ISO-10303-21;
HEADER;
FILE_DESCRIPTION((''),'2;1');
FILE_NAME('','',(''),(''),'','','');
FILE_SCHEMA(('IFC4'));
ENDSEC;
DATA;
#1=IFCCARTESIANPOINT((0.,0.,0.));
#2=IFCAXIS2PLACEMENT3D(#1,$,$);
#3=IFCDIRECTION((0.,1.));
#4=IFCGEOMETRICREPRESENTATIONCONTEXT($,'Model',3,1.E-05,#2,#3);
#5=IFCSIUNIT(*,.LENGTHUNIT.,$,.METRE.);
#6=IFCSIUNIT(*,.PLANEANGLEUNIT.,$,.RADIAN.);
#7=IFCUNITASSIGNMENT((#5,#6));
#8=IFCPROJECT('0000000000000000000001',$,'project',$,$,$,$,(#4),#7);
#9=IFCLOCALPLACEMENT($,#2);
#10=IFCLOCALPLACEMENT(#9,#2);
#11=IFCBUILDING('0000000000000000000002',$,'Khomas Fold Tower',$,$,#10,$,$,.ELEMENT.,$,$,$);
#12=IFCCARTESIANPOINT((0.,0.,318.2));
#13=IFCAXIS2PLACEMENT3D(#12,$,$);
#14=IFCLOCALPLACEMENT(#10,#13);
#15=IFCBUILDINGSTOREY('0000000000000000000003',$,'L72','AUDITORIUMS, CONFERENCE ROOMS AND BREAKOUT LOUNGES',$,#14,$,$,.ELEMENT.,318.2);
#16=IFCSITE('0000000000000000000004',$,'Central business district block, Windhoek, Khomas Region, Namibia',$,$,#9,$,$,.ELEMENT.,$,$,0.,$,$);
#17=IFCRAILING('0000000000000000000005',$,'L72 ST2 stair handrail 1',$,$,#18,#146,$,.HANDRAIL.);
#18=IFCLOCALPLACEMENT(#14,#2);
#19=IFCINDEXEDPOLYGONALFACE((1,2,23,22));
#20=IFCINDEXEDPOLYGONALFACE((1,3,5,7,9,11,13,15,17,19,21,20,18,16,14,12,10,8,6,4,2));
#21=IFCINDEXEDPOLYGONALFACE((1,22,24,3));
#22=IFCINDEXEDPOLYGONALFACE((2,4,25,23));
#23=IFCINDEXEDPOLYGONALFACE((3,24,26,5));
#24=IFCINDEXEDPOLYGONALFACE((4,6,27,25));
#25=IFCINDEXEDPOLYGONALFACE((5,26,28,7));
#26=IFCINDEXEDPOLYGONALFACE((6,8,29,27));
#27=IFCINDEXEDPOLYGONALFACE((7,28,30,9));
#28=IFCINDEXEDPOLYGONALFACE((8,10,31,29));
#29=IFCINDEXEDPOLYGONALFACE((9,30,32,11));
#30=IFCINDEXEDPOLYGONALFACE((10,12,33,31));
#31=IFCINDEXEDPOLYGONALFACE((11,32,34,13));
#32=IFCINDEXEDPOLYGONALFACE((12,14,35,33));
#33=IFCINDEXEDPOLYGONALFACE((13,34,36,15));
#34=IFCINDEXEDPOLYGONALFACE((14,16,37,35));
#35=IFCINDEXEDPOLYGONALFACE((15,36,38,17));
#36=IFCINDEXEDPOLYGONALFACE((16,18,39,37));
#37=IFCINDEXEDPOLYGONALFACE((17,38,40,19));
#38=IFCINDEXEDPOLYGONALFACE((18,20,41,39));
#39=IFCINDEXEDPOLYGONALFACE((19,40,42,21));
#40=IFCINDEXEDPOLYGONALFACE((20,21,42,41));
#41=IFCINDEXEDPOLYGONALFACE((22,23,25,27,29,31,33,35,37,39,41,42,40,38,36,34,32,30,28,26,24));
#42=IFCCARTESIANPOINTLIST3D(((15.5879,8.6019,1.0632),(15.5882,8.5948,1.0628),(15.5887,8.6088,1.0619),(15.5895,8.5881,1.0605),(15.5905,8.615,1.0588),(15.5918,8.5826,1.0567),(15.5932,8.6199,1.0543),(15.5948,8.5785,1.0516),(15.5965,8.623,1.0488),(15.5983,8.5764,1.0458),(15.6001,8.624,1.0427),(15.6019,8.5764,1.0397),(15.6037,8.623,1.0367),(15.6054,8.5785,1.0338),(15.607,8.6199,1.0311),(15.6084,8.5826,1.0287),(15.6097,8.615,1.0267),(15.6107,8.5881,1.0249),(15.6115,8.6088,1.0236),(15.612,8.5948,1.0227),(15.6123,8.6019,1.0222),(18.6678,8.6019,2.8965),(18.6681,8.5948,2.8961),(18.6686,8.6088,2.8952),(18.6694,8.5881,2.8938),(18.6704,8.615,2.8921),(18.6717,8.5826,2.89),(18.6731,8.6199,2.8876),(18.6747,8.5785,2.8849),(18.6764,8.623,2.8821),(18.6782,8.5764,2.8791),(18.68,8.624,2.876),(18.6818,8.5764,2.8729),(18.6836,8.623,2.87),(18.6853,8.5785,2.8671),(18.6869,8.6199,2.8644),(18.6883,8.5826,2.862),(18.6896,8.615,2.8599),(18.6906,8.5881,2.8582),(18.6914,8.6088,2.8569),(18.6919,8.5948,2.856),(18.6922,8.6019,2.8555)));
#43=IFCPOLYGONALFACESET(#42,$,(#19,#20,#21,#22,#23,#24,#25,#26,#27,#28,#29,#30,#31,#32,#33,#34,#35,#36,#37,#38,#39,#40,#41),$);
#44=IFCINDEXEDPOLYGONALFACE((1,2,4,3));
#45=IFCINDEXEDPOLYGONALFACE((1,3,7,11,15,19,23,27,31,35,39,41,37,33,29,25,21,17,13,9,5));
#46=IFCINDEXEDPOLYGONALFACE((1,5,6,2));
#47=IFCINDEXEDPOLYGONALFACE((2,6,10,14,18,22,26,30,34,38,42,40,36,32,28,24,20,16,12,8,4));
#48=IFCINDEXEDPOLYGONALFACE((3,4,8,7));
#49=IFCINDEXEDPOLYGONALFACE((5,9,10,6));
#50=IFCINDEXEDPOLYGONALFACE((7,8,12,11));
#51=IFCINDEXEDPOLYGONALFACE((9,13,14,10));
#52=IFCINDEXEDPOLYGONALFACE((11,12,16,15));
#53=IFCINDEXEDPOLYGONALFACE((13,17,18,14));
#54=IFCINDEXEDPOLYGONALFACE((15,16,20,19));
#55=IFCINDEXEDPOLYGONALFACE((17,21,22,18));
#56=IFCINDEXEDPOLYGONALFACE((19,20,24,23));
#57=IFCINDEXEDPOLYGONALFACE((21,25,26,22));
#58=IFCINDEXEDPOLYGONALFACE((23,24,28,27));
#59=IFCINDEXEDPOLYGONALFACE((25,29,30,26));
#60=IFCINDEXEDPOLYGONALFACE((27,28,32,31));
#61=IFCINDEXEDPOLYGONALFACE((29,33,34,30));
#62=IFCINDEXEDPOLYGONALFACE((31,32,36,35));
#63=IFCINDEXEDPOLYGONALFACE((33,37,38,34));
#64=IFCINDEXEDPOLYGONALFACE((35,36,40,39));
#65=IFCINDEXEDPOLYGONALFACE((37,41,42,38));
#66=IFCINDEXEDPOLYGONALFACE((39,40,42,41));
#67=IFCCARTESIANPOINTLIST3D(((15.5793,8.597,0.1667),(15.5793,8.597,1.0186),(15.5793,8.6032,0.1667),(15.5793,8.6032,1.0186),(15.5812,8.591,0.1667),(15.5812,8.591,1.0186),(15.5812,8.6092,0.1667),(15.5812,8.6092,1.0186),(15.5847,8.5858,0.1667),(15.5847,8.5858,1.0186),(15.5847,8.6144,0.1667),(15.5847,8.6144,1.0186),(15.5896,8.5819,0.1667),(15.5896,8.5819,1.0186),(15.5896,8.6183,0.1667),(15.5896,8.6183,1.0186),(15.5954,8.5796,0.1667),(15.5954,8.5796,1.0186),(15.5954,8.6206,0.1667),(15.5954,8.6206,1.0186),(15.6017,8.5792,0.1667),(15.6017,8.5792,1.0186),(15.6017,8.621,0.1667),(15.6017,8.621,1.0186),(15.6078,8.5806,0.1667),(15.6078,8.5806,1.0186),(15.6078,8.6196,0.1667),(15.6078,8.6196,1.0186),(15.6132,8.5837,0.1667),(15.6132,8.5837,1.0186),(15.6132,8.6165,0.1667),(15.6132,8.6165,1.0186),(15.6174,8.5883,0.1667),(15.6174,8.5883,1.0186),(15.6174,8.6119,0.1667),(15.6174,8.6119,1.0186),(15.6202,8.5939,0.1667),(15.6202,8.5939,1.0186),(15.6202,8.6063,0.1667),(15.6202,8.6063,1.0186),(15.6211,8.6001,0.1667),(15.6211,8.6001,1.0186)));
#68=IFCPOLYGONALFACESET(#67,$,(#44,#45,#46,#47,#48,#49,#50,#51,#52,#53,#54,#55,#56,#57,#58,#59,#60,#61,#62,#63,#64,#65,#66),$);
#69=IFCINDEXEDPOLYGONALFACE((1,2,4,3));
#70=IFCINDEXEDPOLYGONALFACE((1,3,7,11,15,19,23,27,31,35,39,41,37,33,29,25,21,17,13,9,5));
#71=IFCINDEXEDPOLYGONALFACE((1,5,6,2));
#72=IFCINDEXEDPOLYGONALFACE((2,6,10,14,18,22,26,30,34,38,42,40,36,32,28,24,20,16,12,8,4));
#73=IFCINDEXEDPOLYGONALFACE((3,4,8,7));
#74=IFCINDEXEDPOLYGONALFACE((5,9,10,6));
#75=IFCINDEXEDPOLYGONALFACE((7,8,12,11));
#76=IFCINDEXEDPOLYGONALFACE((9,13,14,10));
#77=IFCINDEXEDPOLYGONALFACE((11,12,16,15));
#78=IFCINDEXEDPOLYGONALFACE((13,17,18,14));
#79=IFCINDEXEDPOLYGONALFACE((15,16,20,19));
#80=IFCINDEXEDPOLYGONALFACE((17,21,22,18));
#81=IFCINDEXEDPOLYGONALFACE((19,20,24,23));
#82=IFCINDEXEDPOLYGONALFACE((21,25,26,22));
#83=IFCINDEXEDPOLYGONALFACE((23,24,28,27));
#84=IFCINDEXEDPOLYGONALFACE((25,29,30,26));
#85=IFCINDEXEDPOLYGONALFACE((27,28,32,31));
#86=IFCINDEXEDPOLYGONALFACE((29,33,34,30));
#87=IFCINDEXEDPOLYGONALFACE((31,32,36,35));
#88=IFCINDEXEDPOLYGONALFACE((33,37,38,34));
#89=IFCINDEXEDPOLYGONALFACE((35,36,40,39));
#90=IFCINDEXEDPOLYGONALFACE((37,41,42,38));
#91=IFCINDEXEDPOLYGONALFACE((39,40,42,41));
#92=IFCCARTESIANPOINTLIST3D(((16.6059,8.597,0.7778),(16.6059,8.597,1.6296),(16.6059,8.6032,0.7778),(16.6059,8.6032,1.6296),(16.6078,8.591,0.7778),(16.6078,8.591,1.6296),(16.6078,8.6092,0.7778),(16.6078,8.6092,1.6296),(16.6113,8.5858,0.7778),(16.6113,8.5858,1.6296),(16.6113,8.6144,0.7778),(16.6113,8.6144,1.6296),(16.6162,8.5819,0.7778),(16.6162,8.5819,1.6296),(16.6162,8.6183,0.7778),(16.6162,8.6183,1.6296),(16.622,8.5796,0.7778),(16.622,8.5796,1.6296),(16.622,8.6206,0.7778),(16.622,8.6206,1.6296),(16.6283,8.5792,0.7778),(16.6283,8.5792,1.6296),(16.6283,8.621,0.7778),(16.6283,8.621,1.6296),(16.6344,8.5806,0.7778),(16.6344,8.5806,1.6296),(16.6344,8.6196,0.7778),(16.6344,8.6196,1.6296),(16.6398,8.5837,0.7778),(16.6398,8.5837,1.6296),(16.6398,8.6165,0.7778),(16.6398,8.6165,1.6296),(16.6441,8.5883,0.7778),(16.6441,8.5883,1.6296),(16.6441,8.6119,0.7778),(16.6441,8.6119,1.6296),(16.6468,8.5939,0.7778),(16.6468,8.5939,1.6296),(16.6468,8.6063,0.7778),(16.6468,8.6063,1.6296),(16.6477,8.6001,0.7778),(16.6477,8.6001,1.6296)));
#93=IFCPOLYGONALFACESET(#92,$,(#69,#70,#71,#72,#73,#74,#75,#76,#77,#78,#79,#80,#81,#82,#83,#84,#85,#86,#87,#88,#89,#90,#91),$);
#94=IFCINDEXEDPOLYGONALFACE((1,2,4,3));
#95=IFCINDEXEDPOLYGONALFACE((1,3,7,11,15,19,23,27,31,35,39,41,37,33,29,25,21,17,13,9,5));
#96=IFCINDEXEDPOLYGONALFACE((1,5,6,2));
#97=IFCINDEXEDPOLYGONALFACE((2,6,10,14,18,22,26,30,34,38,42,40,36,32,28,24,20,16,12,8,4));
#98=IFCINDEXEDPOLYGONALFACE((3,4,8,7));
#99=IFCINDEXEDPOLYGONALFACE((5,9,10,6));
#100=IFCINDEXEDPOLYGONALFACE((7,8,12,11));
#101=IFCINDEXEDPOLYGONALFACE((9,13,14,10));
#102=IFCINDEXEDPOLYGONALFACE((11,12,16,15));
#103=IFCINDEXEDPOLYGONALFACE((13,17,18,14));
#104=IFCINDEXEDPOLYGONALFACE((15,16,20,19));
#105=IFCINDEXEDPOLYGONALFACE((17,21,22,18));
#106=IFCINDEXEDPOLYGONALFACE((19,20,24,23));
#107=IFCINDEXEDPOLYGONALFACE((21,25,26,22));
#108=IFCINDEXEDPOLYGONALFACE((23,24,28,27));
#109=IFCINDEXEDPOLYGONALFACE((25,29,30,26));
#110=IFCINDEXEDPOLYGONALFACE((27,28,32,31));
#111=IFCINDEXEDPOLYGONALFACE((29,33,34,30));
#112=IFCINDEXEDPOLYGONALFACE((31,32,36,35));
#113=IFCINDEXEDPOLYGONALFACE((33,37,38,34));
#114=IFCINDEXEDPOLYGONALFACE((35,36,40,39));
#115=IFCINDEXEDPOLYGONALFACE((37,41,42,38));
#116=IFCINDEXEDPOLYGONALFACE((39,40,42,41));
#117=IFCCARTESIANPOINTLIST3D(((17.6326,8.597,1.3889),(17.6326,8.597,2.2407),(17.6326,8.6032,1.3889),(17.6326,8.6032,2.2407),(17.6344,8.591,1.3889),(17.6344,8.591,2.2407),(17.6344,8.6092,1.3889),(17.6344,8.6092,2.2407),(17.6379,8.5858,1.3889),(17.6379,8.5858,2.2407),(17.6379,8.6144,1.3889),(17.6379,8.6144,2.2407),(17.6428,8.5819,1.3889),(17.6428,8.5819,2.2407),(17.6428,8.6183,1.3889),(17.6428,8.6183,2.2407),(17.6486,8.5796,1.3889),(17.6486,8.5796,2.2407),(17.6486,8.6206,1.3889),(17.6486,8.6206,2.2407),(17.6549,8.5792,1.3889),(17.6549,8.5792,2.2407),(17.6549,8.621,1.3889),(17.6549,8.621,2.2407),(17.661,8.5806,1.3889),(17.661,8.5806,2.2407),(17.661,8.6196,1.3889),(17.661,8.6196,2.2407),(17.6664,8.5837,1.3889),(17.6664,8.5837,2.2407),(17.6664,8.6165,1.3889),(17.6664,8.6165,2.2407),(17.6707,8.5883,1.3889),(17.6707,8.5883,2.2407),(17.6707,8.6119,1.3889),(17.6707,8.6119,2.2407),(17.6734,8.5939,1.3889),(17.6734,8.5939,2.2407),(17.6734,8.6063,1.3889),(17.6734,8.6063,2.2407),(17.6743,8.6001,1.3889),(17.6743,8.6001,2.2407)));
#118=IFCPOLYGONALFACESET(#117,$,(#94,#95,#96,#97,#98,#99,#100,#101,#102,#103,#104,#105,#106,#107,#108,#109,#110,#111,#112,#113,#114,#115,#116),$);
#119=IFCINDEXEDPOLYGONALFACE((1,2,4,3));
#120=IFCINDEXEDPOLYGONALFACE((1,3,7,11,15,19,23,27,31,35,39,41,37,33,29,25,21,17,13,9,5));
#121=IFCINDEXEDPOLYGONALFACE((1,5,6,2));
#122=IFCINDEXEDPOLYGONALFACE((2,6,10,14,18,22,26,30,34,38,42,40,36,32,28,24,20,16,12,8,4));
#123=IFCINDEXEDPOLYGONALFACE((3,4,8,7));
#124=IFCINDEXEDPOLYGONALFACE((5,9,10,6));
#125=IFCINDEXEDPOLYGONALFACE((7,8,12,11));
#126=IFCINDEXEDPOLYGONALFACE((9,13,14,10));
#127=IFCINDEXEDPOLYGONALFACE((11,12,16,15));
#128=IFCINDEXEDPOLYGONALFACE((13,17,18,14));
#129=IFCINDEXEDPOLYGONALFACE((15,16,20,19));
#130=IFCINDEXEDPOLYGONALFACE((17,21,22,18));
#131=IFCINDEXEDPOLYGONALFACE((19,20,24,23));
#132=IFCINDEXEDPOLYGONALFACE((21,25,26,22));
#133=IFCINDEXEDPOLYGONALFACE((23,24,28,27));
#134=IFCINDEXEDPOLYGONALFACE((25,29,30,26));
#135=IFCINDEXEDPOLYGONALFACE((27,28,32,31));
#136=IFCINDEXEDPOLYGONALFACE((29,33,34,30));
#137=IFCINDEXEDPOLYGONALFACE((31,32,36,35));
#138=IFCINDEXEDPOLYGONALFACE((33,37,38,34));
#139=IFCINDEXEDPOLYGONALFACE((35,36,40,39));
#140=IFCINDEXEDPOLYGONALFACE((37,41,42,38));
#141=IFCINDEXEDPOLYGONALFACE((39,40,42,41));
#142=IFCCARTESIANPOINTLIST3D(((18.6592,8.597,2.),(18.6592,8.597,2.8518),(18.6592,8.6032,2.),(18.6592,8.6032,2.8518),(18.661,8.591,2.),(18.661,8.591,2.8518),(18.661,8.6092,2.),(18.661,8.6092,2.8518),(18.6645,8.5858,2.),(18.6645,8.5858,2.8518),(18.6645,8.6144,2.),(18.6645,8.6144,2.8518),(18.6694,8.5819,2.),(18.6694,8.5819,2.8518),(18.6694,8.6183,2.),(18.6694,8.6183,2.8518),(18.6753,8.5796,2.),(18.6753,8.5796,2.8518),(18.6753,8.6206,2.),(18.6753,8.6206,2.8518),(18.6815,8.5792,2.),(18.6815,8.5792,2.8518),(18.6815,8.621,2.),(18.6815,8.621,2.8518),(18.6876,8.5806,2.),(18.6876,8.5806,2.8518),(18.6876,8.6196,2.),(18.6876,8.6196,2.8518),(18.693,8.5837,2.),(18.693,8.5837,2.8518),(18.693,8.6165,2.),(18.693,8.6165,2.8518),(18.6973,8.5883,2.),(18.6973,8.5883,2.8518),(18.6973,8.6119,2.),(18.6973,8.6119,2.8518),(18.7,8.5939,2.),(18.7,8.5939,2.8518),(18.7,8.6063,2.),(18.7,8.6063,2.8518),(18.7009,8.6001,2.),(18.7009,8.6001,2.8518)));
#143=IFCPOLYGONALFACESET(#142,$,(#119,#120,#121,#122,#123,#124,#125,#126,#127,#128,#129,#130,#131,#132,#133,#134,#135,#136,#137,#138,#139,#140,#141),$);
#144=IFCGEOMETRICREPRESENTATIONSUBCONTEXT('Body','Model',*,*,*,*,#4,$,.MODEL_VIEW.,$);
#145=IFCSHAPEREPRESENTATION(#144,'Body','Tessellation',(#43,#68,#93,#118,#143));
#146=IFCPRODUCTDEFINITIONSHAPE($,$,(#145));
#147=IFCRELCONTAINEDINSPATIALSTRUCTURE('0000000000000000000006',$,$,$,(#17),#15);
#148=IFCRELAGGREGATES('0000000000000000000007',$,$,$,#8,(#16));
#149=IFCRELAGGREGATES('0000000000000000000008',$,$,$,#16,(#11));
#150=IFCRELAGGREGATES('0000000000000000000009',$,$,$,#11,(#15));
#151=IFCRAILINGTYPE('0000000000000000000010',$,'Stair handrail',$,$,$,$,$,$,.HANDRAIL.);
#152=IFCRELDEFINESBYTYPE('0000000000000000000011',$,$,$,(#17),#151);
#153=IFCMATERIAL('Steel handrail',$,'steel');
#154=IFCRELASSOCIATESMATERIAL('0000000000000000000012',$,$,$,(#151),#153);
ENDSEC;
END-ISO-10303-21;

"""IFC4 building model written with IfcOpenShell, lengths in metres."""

from ifc_helpers import new_model, si_unit, direction, frame, origin, origin_2d, place, context, subcontext, project, spatial, circle, extrude, source, transform, mapped, material, type_object, element, save


model = new_model("IFC4")

# Units and contexts
model_context = context("Model", 3, precision=1e-05, world=origin(), true_north=direction((0.0, 1.0)))
body_context = subcontext(model_context, "Body", "Model", "MODEL_VIEW")
ifc_project = project(units=[si_unit("LENGTHUNIT", "METRE"), si_unit("PLANEANGLEUNIT", "RADIAN")], contexts=[model_context])

# Site, building, storey
site_placement = place(None, origin())
site = spatial("IfcSite", under=ifc_project, at=site_placement, Name="Central business district block, Windhoek, Khomas Region, Namibia", CompositionType="ELEMENT", RefElevation=0.0)
building_placement = place(site_placement, origin())
building = spatial("IfcBuilding", under=site, at=building_placement, Name="Khomas Fold Tower", CompositionType="ELEMENT")
storey_placement = place(building_placement, frame((0.0, 0.0, 318.2)))
storey = spatial("IfcBuildingStorey", under=building, at=storey_placement, Name="L72", Description="AUDITORIUMS, CONFERENCE ROOMS AND BREAKOUT LOUNGES", CompositionType="ELEMENT", Elevation=318.2)

# Railing
ifc_material_1 = material(Name="Steel handrail", Category="steel")
railing_type_1 = type_object("IfcRailingType", Name="Stair handrail", PredefinedType="HANDRAIL", material=ifc_material_1)
shared_shape_1 = source(origin(), body_context, "Body", "SweptSolid", [
    extrude(circle(Radius=0.0239, at=origin_2d()), frame((0.0, 0.0, 0.876), z_axis=(0.859291, 0.0, 0.511487), x_axis=(0.0, 1.0, 0.0)), (0.0, 0.0, 1.0), 3.5842),
    extrude(circle(Radius=0.021, at=origin_2d()), origin(), (0.0, 0.0, 1.0), 0.8518),
    extrude(circle(Radius=0.021, at=origin_2d()), frame((1.0266, 0.0, 0.6111)), (0.0, 0.0, 1.0), 0.8518),
    extrude(circle(Radius=0.021, at=origin_2d()), frame((2.0532, 0.0, 1.2222)), (0.0, 0.0, 1.0), 0.8518),
    extrude(circle(Radius=0.021, at=origin_2d()), frame((3.0798, 0.0, 1.8333)), (0.0, 0.0, 1.0), 0.8518),
])
railing_1_placement = place(storey_placement, frame((15.6001, 8.6001, 0.1667)))
element("IfcRailing", 1, at=railing_1_placement, inside=storey, type_object=railing_type_1, Name="L72 ST2 stair handrail 1", PredefinedType="HANDRAIL", context=body_context, shape_type="MappedRepresentation", body=[
    mapped(shared_shape_1, transform((0.0, 0.0, 0.0))),
])

save(model, "model.ifc")
